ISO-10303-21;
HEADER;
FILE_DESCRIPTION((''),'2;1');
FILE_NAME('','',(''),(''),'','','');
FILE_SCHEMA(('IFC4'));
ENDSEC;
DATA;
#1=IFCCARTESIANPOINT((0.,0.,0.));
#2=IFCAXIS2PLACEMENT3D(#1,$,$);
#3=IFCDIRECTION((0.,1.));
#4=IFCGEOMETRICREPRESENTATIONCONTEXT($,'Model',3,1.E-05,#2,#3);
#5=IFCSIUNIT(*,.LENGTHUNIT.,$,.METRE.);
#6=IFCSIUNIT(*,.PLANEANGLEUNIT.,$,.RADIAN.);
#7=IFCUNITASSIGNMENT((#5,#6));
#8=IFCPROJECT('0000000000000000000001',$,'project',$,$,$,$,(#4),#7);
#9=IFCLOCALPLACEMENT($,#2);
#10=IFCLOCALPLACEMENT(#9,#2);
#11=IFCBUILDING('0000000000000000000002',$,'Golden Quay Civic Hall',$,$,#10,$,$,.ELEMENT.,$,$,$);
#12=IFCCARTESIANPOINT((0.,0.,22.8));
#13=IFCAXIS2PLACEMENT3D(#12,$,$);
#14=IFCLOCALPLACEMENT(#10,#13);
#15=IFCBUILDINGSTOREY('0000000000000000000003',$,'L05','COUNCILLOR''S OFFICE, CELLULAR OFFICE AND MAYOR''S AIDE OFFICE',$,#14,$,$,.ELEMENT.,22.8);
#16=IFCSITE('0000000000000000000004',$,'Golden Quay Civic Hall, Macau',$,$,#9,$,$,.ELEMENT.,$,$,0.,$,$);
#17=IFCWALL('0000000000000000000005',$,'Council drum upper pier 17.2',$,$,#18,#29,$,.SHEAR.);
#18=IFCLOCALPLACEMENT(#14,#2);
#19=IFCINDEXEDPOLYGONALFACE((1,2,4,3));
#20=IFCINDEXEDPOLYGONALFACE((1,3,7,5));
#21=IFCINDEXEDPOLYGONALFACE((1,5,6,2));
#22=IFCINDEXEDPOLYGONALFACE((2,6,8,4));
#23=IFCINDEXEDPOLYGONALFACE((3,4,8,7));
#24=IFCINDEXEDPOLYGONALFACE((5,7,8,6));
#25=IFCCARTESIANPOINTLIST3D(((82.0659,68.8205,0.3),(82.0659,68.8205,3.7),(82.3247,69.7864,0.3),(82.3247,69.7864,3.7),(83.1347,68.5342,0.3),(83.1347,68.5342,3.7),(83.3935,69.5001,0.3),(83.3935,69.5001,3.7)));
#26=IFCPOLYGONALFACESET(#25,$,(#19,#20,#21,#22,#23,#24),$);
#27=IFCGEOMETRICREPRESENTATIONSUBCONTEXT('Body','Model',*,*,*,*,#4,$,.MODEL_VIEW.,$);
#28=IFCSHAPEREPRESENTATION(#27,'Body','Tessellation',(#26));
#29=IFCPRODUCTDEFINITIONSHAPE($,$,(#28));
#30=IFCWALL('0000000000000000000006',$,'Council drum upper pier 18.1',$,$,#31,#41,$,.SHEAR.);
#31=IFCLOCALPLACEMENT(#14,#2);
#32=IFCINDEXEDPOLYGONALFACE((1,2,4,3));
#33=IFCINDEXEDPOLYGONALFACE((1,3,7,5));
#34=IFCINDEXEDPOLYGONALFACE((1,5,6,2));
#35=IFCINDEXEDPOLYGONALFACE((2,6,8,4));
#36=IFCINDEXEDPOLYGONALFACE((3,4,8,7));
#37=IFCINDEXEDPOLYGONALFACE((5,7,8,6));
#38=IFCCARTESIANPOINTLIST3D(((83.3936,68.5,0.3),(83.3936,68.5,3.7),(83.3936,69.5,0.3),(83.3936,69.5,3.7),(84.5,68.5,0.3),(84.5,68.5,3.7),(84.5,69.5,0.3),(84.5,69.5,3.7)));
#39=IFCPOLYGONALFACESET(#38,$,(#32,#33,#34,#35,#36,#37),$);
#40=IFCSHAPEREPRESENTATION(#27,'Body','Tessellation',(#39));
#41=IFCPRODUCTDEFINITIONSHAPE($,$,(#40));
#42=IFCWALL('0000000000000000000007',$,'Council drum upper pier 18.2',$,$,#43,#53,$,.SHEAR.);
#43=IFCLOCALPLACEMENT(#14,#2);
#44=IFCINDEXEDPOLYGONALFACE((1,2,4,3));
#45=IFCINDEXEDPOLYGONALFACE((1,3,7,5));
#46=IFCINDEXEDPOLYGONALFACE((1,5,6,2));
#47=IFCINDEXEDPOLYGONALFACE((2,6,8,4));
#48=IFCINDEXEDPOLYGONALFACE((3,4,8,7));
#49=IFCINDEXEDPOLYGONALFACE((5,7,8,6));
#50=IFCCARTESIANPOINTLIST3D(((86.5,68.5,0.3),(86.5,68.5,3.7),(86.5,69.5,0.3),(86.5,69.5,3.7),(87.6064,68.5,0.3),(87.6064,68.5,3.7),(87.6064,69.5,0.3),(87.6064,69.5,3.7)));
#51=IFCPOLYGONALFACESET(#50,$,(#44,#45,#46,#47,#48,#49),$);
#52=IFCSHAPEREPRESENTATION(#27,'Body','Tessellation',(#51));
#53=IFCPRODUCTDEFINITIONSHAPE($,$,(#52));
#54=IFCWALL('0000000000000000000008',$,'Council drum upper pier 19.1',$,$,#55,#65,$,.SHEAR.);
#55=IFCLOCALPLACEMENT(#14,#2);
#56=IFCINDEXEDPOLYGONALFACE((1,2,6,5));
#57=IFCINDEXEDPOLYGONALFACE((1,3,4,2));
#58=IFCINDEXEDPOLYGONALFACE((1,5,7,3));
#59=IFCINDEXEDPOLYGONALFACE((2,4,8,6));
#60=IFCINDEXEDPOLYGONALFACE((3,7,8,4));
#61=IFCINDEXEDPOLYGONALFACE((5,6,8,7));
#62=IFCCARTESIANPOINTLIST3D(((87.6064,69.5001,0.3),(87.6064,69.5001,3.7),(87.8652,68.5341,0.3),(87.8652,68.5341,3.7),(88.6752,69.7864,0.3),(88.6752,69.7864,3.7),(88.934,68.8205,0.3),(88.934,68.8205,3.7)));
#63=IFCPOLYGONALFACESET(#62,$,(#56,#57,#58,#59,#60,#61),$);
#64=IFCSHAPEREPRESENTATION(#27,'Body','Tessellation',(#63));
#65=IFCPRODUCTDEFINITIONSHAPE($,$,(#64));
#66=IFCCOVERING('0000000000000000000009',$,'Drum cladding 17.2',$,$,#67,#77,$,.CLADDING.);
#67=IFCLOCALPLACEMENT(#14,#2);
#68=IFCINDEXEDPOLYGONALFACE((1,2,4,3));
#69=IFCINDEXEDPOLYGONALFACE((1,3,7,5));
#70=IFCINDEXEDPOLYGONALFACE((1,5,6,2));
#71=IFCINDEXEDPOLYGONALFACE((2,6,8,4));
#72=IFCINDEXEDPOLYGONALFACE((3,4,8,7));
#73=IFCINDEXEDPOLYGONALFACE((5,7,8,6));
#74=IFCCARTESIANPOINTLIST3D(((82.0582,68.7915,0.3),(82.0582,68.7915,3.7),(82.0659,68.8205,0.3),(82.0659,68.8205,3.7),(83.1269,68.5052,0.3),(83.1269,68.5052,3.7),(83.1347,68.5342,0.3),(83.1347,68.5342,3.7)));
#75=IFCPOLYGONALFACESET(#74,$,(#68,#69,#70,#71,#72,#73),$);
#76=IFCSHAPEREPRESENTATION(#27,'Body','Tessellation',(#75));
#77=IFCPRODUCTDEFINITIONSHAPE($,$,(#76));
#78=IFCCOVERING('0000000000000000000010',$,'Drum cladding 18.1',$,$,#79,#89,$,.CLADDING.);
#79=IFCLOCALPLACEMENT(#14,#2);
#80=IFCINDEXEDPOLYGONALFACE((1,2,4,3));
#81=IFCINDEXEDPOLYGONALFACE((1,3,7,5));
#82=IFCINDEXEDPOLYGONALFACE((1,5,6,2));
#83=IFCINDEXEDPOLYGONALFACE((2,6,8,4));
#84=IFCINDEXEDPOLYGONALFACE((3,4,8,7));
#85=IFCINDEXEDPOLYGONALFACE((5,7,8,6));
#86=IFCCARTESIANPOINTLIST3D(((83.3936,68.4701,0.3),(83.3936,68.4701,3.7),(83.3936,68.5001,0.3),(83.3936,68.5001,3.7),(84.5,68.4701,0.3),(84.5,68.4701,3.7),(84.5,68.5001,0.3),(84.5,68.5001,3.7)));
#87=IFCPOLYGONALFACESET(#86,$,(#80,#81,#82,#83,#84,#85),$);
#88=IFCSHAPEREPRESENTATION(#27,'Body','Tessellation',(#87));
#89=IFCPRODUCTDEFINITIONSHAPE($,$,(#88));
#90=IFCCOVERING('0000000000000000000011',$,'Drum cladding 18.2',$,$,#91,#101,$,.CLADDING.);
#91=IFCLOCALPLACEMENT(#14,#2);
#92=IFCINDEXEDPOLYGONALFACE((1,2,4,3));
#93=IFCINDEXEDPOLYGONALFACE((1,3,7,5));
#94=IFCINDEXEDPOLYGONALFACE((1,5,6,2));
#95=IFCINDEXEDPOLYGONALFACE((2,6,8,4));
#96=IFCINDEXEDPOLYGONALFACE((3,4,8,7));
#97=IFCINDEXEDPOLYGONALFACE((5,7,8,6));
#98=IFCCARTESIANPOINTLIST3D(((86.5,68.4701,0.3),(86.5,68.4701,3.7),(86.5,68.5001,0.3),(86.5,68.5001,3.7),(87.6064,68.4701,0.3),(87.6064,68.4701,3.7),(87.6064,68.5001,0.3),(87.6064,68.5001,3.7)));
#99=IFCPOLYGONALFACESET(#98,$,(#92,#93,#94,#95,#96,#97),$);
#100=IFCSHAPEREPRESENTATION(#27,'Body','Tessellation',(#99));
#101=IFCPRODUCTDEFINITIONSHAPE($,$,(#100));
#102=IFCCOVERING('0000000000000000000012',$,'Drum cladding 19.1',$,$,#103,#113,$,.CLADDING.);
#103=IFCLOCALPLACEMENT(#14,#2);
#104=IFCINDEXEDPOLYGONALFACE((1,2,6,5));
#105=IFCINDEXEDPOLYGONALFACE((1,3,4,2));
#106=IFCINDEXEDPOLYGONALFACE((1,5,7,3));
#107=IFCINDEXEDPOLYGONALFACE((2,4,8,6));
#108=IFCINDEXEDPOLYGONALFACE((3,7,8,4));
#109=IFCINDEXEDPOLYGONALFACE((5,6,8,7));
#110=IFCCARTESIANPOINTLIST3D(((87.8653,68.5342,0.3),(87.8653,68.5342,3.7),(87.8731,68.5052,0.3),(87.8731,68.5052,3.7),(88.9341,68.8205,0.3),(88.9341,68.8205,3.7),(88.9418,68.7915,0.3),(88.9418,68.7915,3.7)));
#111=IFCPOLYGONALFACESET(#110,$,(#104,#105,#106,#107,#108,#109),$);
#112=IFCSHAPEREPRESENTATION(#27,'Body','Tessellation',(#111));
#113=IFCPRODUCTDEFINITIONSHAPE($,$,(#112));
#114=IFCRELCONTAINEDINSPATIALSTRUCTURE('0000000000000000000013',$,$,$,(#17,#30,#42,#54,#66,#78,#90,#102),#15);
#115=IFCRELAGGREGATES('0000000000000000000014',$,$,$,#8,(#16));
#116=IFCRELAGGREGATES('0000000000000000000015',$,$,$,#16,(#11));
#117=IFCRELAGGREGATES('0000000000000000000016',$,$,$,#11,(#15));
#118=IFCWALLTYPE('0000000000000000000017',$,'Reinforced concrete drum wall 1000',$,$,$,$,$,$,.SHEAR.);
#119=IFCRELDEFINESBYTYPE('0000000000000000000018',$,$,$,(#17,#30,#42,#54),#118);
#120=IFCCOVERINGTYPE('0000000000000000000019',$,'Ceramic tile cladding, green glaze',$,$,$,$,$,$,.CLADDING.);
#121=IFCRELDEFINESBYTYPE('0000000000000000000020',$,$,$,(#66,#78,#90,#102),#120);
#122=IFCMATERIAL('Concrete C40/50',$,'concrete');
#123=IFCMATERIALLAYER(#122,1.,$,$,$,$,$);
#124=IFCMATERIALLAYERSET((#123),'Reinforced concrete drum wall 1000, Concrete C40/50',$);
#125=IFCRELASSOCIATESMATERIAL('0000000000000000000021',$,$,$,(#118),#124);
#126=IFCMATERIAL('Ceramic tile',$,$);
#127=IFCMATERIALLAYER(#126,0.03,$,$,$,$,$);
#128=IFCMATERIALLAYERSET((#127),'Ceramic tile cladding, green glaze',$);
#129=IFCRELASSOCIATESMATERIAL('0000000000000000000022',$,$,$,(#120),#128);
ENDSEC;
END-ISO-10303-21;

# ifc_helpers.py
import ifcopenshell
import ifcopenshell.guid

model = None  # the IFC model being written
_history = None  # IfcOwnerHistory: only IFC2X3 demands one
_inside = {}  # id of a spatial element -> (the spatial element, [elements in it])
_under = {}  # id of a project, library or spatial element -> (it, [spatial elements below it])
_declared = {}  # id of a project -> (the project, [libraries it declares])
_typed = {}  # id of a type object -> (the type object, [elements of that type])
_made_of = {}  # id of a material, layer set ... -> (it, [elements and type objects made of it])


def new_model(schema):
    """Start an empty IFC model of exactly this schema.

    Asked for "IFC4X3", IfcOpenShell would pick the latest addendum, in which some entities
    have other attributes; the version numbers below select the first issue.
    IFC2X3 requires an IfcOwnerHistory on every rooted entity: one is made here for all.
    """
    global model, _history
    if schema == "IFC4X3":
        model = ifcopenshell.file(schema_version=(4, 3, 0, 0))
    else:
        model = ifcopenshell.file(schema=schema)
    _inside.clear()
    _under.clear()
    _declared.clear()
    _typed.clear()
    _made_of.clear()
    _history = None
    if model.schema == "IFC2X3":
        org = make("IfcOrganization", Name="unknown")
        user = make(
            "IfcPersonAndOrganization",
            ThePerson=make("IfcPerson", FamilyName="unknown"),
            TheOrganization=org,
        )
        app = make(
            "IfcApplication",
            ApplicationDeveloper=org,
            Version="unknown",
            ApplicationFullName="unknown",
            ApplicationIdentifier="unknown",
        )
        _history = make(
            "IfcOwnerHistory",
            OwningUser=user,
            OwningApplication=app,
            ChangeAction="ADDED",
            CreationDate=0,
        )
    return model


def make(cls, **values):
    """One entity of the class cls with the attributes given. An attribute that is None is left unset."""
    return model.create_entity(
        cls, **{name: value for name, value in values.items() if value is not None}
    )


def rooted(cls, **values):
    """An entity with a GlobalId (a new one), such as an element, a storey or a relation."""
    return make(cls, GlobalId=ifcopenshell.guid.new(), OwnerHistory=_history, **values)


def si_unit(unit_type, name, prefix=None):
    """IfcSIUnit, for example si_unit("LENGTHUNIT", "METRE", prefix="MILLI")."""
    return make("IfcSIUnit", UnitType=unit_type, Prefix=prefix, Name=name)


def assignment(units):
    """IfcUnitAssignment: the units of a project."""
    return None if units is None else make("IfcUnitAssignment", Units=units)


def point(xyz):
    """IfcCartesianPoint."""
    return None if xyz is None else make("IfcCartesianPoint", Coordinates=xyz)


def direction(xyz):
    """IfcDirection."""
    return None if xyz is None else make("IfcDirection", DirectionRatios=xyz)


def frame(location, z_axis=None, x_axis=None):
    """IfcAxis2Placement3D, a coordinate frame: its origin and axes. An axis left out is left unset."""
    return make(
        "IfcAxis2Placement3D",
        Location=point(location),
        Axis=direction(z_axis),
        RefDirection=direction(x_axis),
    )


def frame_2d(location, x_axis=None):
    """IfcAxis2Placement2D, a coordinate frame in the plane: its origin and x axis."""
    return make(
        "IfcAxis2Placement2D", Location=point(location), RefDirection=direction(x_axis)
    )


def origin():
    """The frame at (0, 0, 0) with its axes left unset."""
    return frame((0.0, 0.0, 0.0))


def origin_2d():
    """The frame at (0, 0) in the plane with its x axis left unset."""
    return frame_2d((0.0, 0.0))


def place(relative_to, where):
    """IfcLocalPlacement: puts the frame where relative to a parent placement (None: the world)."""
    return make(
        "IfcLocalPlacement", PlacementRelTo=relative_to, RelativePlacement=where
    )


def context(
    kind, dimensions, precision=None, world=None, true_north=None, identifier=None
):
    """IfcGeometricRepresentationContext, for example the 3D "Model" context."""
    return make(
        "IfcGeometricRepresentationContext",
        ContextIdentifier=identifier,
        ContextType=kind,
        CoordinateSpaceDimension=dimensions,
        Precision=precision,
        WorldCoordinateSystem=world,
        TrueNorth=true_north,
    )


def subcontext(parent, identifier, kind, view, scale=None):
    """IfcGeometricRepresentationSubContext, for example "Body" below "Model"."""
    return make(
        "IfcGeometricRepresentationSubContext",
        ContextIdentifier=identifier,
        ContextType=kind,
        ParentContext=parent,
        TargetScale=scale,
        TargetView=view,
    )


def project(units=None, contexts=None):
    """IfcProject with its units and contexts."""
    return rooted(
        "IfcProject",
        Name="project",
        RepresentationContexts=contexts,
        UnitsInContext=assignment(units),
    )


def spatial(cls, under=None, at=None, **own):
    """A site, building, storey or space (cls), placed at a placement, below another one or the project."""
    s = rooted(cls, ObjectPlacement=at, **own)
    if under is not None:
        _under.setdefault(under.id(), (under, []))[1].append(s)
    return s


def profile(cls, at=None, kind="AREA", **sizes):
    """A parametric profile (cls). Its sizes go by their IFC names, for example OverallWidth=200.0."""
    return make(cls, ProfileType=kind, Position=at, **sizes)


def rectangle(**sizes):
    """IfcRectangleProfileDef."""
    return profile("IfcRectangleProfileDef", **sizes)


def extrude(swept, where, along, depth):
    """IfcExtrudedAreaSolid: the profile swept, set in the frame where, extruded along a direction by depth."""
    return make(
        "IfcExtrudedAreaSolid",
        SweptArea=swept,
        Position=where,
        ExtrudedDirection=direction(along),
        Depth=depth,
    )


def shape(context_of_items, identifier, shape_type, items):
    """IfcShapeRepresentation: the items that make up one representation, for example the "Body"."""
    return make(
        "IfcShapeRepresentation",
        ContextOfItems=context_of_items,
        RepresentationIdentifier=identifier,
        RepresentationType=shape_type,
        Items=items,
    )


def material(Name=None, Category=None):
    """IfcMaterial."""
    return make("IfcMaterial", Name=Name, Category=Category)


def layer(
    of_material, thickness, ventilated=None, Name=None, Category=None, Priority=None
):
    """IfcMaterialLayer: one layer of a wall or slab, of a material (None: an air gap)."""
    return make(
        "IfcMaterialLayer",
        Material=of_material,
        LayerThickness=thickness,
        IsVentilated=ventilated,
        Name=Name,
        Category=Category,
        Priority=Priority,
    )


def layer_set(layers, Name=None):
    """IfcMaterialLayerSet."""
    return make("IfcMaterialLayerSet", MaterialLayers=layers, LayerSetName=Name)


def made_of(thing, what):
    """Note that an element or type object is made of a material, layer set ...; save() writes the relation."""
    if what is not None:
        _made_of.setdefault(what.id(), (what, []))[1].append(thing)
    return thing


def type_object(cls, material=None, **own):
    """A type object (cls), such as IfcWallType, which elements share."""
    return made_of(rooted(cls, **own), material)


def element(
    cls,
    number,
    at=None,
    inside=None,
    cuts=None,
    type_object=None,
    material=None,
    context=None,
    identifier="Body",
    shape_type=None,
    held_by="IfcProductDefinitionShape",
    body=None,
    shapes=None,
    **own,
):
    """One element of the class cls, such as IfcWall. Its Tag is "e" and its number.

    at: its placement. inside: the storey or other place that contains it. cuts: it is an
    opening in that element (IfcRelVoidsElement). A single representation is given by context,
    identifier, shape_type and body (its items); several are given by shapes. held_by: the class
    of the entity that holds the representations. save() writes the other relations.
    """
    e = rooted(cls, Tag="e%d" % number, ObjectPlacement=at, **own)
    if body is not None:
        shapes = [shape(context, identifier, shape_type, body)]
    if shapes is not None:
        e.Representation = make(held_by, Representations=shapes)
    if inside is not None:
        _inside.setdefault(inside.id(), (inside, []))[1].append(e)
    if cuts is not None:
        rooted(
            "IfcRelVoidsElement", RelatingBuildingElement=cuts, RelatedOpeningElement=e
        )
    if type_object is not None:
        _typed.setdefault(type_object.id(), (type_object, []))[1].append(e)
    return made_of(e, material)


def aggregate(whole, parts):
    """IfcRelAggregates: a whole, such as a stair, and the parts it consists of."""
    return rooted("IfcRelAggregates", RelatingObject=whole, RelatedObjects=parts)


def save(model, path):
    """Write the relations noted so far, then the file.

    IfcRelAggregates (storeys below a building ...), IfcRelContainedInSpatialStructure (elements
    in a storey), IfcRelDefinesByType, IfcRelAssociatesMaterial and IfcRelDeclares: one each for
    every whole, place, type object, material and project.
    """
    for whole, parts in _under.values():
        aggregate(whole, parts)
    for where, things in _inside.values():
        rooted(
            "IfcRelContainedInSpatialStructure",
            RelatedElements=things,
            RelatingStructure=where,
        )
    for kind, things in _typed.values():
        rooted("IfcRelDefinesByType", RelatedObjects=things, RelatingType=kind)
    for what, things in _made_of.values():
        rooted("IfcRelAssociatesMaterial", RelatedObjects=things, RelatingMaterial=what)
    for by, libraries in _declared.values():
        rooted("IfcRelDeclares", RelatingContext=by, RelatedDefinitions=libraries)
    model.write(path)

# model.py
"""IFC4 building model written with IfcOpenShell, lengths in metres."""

from ifc_helpers import new_model, si_unit, direction, frame, frame_2d, origin, origin_2d, place, context, subcontext, project, spatial, rectangle, extrude, material, layer, layer_set, type_object, element, save


model = new_model("IFC4")

# Units and contexts
model_context = context("Model", 3, precision=1e-05, world=origin(), true_north=direction((0.0, 1.0)))
body_context = subcontext(model_context, "Body", "Model", "MODEL_VIEW")
ifc_project = project(units=[si_unit("LENGTHUNIT", "METRE"), si_unit("PLANEANGLEUNIT", "RADIAN")], contexts=[model_context])

# Site, building, storey
site_placement = place(None, origin())
site = spatial("IfcSite", under=ifc_project, at=site_placement, Name="Golden Quay Civic Hall, Macau", CompositionType="ELEMENT", RefElevation=0.0)
building_placement = place(site_placement, origin())
building = spatial("IfcBuilding", under=site, at=building_placement, Name="Golden Quay Civic Hall", CompositionType="ELEMENT")
storey_placement = place(building_placement, frame((0.0, 0.0, 22.8)))
storey = spatial("IfcBuildingStorey", under=building, at=storey_placement, Name="L05", Description="COUNCILLOR'S OFFICE, CELLULAR OFFICE AND MAYOR'S AIDE OFFICE", CompositionType="ELEMENT", Elevation=22.8)

# Walls
ifc_material_1 = material(Name="Concrete C40/50", Category="concrete")
ifc_layer_1 = layer(ifc_material_1, 1.0)
ifc_layer_set_1 = layer_set([ifc_layer_1], Name="Reinforced concrete drum wall 1000, Concrete C40/50")
wall_type = type_object("IfcWallType", Name="Reinforced concrete drum wall 1000", PredefinedType="SHEAR", material=ifc_layer_set_1)
for number, where, z_axis, x_axis, name in (
    (1, (82.1953, 69.3035, 0.3), (0.0, 0.0, 1.0), (0.96593, -0.258802, 0.0), "Council drum upper pier 17.2"),
    (2, (83.3936, 69.0, 0.3), (0.0, 0.0, 1.0), (1.0, 0.0, 0.0), "Council drum upper pier 18.1"),
    (3, (86.5, 69.0, 0.3), (0.0, 0.0, 1.0), (1.0, 0.0, 0.0), "Council drum upper pier 18.2"),
    (4, (87.7358, 69.0171, 0.3), (0.0, 0.0, 1.0), (0.96593, 0.258802, 0.0), "Council drum upper pier 19.1"),
):
    element("IfcWall", number, at=place(storey_placement, frame(where, z_axis=z_axis, x_axis=x_axis)), inside=storey, type_object=wall_type, Name=name, PredefinedType="SHEAR", context=body_context, shape_type="SweptSolid", body=[
        extrude(rectangle(XDim=1.1064, YDim=1.0, at=frame_2d((0.5532, 0.0))), origin(), (0.0, 0.0, 1.0), 3.3999),
    ])

# Coverings
ifc_material_2 = material(Name="Ceramic tile")
ifc_layer_2 = layer(ifc_material_2, 0.03)
ifc_layer_set_2 = layer_set([ifc_layer_2], Name="Ceramic tile cladding, green glaze")
covering_type = type_object("IfcCoveringType", Name="Ceramic tile cladding, green glaze", PredefinedType="CLADDING", material=ifc_layer_set_2)
for number, where, z_axis, x_axis, name in (
    (5, (82.5964, 68.6628, 0.3), (0.0, 0.0, 1.0), (0.965926, -0.258819, 0.0), "Drum cladding 17.2"),
    (6, (83.9468, 68.4851, 0.3), (0.0, 0.0, 1.0), (1.0, 0.0, 0.0), "Drum cladding 18.1"),
    (7, (87.0532, 68.4851, 0.3), (0.0, 0.0, 1.0), (1.0, 0.0, 0.0), "Drum cladding 18.2"),
    (8, (88.4036, 68.6628, 0.3), (0.0, 0.0, 1.0), (0.965926, 0.258819, 0.0), "Drum cladding 19.1"),
):
    element("IfcCovering", number, at=place(storey_placement, frame(where, z_axis=z_axis, x_axis=x_axis)), inside=storey, type_object=covering_type, Name=name, PredefinedType="CLADDING", context=body_context, shape_type="SweptSolid", body=[
        extrude(rectangle(XDim=1.1064, YDim=0.03, at=origin_2d()), origin(), (0.0, 0.0, 1.0), 3.3999),
    ])

save(model, "model.ifc")
